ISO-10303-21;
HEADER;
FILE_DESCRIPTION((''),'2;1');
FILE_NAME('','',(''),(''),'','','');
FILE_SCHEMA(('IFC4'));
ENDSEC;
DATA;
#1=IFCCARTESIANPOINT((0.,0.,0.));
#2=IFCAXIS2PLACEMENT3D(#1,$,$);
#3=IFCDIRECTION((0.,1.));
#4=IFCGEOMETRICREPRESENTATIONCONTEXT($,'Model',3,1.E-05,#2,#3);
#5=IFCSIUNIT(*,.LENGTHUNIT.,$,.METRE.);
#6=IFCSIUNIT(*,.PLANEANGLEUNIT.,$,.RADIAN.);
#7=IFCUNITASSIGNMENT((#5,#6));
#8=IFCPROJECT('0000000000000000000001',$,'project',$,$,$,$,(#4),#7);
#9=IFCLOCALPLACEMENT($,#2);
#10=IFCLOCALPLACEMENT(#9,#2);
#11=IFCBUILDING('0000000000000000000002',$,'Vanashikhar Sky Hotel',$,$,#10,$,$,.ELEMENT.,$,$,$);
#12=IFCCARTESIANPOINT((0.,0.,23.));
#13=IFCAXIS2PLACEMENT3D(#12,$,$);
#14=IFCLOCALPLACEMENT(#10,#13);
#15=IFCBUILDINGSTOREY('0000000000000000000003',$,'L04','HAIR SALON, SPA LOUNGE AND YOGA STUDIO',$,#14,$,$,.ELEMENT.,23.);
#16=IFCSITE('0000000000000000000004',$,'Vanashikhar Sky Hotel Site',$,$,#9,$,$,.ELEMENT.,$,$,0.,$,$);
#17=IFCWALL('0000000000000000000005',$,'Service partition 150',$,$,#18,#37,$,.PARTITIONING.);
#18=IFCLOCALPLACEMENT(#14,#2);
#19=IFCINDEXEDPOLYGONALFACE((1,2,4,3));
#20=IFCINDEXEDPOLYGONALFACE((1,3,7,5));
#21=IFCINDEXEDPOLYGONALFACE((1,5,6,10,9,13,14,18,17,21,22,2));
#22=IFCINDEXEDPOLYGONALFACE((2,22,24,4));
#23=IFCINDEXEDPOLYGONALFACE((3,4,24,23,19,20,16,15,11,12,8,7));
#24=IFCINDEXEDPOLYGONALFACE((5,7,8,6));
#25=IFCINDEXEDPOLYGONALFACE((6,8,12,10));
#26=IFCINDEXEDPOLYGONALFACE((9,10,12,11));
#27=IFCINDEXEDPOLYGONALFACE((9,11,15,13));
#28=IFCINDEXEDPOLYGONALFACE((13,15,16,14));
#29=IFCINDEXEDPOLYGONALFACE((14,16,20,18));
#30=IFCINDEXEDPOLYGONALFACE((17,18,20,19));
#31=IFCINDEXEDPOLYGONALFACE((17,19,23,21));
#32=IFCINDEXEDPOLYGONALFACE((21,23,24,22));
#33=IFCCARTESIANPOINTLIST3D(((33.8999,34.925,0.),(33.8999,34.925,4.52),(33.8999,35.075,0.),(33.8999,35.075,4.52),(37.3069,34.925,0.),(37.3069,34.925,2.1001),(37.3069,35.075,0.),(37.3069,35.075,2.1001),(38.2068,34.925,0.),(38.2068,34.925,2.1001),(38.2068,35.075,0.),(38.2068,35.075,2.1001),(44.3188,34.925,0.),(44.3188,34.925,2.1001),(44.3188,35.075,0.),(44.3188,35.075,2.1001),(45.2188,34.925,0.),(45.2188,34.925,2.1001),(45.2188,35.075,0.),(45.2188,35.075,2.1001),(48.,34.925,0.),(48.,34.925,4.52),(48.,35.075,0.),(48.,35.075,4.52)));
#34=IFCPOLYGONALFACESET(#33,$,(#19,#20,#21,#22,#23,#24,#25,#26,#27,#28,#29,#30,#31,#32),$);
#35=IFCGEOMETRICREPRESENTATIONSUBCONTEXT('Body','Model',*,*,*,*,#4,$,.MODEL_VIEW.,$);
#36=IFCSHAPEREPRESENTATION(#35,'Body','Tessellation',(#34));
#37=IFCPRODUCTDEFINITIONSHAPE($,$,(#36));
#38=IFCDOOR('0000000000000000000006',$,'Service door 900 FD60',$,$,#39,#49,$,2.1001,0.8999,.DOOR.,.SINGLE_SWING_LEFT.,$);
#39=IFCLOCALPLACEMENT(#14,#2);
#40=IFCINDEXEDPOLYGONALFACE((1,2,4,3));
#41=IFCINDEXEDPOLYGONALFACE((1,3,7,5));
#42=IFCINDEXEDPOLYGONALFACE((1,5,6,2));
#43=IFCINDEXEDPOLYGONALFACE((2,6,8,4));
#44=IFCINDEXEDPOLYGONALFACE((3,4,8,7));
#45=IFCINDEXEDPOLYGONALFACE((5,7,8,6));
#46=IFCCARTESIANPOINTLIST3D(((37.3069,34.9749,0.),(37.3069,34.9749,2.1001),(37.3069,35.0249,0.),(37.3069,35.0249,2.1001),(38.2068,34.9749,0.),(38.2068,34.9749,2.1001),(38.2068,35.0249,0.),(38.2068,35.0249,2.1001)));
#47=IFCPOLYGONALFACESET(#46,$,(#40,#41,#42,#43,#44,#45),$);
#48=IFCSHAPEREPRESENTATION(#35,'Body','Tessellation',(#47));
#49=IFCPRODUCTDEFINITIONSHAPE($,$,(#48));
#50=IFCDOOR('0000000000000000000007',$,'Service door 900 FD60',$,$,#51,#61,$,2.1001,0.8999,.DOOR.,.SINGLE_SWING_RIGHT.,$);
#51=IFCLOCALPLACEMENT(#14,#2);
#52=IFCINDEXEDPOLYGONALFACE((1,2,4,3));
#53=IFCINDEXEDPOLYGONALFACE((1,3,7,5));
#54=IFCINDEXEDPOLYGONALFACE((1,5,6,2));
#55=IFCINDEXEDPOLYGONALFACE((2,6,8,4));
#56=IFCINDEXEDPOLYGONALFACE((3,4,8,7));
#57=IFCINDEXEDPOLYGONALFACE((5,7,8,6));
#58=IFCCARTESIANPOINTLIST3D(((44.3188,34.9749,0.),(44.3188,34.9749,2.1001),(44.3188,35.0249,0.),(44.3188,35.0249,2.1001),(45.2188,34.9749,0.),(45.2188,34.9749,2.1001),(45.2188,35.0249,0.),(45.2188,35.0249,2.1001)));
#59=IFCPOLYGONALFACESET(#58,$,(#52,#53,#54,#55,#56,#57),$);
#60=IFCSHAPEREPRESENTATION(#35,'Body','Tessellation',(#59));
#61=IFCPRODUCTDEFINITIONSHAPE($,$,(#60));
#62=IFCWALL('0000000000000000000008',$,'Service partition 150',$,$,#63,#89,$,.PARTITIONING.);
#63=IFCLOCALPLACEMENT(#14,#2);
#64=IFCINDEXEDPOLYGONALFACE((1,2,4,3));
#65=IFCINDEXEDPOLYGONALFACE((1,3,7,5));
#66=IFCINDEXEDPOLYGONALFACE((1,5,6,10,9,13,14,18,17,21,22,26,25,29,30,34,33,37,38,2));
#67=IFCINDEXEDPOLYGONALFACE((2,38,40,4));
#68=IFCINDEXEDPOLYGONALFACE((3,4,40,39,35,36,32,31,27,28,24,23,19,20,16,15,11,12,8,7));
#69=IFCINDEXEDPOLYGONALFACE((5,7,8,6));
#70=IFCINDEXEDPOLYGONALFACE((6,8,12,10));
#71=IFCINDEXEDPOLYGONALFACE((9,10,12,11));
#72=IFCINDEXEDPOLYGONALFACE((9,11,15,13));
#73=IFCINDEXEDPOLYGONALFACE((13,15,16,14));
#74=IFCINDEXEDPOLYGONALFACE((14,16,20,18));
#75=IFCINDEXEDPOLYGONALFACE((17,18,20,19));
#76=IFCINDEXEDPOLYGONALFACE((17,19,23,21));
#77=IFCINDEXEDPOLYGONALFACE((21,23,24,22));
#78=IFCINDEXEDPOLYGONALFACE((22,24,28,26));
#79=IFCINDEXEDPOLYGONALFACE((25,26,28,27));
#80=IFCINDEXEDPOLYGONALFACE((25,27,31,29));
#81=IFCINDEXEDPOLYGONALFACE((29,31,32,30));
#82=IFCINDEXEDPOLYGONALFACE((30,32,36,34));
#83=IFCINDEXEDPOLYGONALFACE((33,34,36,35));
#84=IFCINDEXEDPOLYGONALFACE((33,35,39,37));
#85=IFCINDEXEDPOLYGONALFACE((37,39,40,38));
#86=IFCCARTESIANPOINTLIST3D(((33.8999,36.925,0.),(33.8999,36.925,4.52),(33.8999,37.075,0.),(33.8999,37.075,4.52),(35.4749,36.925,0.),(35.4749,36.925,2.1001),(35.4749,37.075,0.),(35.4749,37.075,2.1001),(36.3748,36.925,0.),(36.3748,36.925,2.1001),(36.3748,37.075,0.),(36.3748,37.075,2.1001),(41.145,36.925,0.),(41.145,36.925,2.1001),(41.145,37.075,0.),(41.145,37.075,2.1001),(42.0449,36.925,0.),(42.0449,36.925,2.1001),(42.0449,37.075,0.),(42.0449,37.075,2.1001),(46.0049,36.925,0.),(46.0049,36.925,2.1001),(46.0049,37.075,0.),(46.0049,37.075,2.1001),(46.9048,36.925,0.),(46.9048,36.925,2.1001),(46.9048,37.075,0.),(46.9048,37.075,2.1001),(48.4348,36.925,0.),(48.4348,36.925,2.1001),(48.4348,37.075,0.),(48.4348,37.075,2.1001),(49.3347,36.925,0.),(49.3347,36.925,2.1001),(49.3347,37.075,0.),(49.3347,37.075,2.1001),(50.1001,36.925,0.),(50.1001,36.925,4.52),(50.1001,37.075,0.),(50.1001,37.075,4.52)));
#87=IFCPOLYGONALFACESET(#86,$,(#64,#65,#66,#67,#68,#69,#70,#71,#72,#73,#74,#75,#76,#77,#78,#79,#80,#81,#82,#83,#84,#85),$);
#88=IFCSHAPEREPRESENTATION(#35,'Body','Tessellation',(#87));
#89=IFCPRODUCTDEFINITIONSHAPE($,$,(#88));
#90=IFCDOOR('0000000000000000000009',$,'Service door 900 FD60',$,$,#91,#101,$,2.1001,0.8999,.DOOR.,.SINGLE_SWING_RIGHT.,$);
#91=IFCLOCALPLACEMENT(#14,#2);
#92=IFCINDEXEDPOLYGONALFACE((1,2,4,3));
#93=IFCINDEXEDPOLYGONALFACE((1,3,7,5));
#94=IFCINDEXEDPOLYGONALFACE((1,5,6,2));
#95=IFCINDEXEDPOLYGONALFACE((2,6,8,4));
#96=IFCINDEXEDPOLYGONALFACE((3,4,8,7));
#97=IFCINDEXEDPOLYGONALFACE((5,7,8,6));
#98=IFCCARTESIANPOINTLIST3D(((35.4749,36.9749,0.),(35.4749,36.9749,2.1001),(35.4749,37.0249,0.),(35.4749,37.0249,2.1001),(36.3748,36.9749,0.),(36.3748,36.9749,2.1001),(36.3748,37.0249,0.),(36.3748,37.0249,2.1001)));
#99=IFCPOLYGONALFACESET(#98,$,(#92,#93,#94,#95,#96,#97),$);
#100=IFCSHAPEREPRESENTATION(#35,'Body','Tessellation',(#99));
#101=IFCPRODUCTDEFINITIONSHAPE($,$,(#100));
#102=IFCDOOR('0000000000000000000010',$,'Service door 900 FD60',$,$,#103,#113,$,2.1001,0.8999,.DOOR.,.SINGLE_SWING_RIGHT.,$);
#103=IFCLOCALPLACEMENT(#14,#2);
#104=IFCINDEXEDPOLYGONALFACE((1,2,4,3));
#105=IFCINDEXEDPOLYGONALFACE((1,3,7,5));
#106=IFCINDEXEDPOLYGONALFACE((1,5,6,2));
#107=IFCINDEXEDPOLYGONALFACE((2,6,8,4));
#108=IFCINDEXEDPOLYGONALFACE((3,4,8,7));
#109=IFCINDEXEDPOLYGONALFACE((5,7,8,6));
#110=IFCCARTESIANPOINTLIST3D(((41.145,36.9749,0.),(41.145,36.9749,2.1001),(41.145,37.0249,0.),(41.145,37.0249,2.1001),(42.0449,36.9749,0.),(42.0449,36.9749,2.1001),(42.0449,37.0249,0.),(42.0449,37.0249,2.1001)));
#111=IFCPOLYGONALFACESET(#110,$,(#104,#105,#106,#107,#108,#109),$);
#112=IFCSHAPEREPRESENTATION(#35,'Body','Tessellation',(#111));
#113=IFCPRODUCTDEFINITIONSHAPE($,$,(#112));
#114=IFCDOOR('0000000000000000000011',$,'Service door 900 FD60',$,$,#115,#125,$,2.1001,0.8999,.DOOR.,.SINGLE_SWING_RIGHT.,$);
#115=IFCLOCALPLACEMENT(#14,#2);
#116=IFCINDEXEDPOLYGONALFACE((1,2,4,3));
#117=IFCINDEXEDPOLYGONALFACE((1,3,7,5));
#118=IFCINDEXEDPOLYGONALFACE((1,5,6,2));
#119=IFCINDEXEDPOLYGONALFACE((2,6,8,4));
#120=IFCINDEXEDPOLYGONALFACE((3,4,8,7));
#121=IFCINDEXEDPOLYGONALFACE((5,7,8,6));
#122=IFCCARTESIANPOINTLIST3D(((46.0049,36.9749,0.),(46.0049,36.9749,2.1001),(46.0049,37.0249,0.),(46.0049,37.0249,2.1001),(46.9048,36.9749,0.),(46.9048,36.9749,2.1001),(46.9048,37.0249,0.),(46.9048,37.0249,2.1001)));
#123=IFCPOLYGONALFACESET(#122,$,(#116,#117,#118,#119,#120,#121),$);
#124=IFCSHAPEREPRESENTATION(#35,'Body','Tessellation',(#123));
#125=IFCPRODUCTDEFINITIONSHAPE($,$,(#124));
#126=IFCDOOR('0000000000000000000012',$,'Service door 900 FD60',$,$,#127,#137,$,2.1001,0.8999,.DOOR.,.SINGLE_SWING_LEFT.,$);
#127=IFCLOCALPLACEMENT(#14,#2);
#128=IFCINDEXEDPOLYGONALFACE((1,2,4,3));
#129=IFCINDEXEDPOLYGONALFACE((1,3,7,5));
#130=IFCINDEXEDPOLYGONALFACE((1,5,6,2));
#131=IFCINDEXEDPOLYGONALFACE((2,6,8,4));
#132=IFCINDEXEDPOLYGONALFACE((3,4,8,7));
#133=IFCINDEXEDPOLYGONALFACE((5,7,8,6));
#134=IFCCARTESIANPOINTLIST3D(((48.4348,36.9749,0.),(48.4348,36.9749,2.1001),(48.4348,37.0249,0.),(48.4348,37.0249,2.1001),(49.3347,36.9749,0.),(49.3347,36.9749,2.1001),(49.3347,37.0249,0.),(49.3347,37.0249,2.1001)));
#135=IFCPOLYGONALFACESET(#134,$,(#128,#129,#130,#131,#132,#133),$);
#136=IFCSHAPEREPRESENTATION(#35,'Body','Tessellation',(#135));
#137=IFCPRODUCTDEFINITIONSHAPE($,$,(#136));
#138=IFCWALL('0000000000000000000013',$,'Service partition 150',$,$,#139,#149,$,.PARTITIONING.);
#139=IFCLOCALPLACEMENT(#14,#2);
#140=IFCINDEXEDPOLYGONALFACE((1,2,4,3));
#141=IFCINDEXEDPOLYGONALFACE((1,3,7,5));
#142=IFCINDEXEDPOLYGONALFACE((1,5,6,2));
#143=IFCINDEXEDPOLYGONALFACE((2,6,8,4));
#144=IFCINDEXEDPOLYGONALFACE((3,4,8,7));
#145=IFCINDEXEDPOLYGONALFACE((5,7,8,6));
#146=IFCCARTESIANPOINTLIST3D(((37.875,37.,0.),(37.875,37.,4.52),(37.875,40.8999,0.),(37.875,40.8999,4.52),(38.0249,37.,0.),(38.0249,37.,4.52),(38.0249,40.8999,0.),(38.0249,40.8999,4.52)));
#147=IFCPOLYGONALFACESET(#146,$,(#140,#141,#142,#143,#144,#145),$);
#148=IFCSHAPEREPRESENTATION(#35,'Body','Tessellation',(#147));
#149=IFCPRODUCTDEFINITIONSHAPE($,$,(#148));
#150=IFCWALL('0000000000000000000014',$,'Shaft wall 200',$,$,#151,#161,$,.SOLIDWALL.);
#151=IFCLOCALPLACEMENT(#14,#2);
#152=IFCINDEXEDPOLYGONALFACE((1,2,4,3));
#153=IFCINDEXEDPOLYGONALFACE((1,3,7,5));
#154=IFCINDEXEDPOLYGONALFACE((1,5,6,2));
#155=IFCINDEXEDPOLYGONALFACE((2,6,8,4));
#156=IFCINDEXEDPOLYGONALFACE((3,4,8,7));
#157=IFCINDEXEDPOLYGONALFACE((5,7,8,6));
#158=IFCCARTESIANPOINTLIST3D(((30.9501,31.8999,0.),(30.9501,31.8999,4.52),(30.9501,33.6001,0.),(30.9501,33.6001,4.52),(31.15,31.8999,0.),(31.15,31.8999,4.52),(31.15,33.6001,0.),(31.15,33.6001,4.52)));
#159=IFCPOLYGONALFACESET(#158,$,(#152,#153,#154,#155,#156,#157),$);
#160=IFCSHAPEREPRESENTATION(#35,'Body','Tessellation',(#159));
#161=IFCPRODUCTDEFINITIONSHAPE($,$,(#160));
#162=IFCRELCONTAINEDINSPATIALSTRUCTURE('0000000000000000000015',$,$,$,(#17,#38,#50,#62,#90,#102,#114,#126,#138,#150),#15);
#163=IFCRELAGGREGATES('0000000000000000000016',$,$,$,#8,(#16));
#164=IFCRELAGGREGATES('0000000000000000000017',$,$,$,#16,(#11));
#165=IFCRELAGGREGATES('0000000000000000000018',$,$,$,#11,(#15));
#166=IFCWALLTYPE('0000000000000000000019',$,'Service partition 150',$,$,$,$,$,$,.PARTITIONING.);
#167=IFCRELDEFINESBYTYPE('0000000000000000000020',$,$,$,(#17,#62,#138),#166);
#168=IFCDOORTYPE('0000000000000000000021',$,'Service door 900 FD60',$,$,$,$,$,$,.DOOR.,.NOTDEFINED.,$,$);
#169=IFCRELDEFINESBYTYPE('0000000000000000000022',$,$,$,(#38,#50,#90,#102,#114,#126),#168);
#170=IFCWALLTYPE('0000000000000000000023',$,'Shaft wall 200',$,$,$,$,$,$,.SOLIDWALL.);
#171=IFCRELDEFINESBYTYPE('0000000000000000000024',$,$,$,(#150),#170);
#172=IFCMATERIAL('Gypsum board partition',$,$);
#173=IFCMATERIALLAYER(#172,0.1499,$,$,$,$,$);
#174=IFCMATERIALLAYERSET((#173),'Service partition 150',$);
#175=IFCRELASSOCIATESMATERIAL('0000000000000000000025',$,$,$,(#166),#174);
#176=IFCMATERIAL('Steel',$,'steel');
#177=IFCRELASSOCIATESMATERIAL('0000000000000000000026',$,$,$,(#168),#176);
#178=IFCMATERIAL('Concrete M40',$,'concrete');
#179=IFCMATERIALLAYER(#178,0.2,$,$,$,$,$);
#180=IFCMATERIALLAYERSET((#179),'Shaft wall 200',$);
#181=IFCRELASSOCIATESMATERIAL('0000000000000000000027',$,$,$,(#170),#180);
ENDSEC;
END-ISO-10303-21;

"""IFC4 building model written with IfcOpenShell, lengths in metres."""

from ifc_helpers import new_model, si_unit, direction, frame, frame_2d, origin, place, context, subcontext, project, spatial, rectangle, extrude, source, transform, mapped, material, layer, layer_set, type_object, element, fill, save


model = new_model("IFC4")

# Units and contexts
model_context = context("Model", 3, precision=1e-05, world=origin(), true_north=direction((0.0, 1.0)))
body_context = subcontext(model_context, "Body", "Model", "MODEL_VIEW")
ifc_project = project(units=[si_unit("LENGTHUNIT", "METRE"), si_unit("PLANEANGLEUNIT", "RADIAN")], contexts=[model_context])

# Site, building, storey
site_placement = place(None, origin())
site = spatial("IfcSite", under=ifc_project, at=site_placement, Name="Vanashikhar Sky Hotel Site", CompositionType="ELEMENT", RefElevation=0.0)
building_placement = place(site_placement, origin())
building = spatial("IfcBuilding", under=site, at=building_placement, Name="Vanashikhar Sky Hotel", CompositionType="ELEMENT")
storey_placement = place(building_placement, frame((0.0, 0.0, 23.0)))
storey = spatial("IfcBuildingStorey", under=building, at=storey_placement, Name="L04", Description="HAIR SALON, SPA LOUNGE AND YOGA STUDIO", CompositionType="ELEMENT", Elevation=23.0)

# Shared definitions
ifc_material_1 = material(Name="Steel", Category="steel")

# Shared definitions
ifc_material_2 = material(Name="Gypsum board partition")
ifc_layer_1 = layer(ifc_material_2, 0.1499)
ifc_layer_set_1 = layer_set([ifc_layer_1], Name="Service partition 150")
wall_type_1 = type_object("IfcWallType", Name="Service partition 150", PredefinedType="PARTITIONING", material=ifc_layer_set_1)

# Walls, openings, doors
shared_shape_1 = source(origin(), body_context, "Body", "SweptSolid", [
    extrude(rectangle(XDim=14.1001, YDim=0.1499, at=frame_2d((7.05, 0.0))), origin(), (0.0, 0.0, 1.0), 4.52),
])
wall_1_placement = place(storey_placement, frame((33.8999, 35.0, 0.0), z_axis=(0.0, 0.0, 1.0), x_axis=(1.0, 0.0, 0.0)))
wall_1 = element("IfcWall", 1, at=wall_1_placement, inside=storey, type_object=wall_type_1, Name="Service partition 150", PredefinedType="PARTITIONING", context=body_context, shape_type="MappedRepresentation", body=[
    mapped(shared_shape_1, transform((0.0, 0.0, 0.0), scale=1.0)),
])
shared_shape_2 = source(origin(), body_context, "Body", "SweptSolid", [
    extrude(rectangle(XDim=0.8999, YDim=2.1001, at=frame_2d((0.45, 1.05))), frame((0.0, 0.085, 0.0), z_axis=(0.0, -1.0, 0.0), x_axis=(1.0, 0.0, 0.0)), (0.0, 0.0, 1.0), 0.1699),
])
opening_1_placement = place(wall_1_placement, frame((3.407, 0.0, 0.0)))
opening_1 = element("IfcOpeningElement", 2, at=opening_1_placement, cuts=wall_1, PredefinedType="OPENING", context=body_context, shape_type="MappedRepresentation", body=[
    mapped(shared_shape_2, transform((0.0, 0.0, 0.0), scale=1.0)),
])
opening_2_placement = place(wall_1_placement, frame((10.4189, 0.0, 0.0)))
opening_2 = element("IfcOpeningElement", 3, at=opening_2_placement, cuts=wall_1, PredefinedType="OPENING", context=body_context, shape_type="MappedRepresentation", body=[
    mapped(shared_shape_2, transform((0.0, 0.0, 0.0), scale=1.0)),
])
door_type_1 = type_object("IfcDoorType", Name="Service door 900 FD60", OperationType="NOTDEFINED", PredefinedType="DOOR", material=ifc_material_1)
shared_shape_3 = source(origin(), body_context, "Body", "SweptSolid", [
    extrude(rectangle(XDim=0.8999, YDim=2.1001, at=frame_2d((0.45, 1.05))), frame((0.0, 0.0249, 0.0), z_axis=(0.0, -1.0, 0.0), x_axis=(1.0, 0.0, 0.0)), (0.0, 0.0, 1.0), 0.05),
])
door_1_placement = place(opening_1_placement, origin())
door_1 = element("IfcDoor", 4, at=door_1_placement, inside=storey, type_object=door_type_1, Name="Service door 900 FD60", OperationType="SINGLE_SWING_LEFT", OverallHeight=2.1001, OverallWidth=0.8999, PredefinedType="DOOR", context=body_context, shape_type="MappedRepresentation", body=[
    mapped(shared_shape_3, transform((0.0, 0.0, 0.0), scale=1.0)),
])
fill(opening_1, door_1)
door_2_placement = place(opening_2_placement, origin())
door_2 = element("IfcDoor", 5, at=door_2_placement, inside=storey, type_object=door_type_1, Name="Service door 900 FD60", OperationType="SINGLE_SWING_RIGHT", OverallHeight=2.1001, OverallWidth=0.8999, PredefinedType="DOOR", context=body_context, shape_type="MappedRepresentation", body=[
    mapped(shared_shape_3, transform((0.0, 0.0, 0.0), scale=1.0)),
])
fill(opening_2, door_2)
shared_shape_4 = source(origin(), body_context, "Body", "SweptSolid", [
    extrude(rectangle(XDim=16.2002, YDim=0.1499, at=frame_2d((8.1001, 0.0))), origin(), (0.0, 0.0, 1.0), 4.52),
])
wall_2_placement = place(storey_placement, frame((33.8999, 37.0, 0.0), z_axis=(0.0, 0.0, 1.0), x_axis=(1.0, 0.0, 0.0)))
wall_2 = element("IfcWall", 6, at=wall_2_placement, inside=storey, type_object=wall_type_1, Name="Service partition 150", PredefinedType="PARTITIONING", context=body_context, shape_type="MappedRepresentation", body=[
    mapped(shared_shape_4, transform((0.0, 0.0, 0.0), scale=1.0)),
])
opening_3_placement = place(wall_2_placement, frame((1.575, 0.0, 0.0)))
opening_3 = element("IfcOpeningElement", 7, at=opening_3_placement, cuts=wall_2, PredefinedType="OPENING", context=body_context, shape_type="MappedRepresentation", body=[
    mapped(shared_shape_2, transform((0.0, 0.0, 0.0), scale=1.0)),
])
opening_4_placement = place(wall_2_placement, frame((7.2451, 0.0, 0.0)))
opening_4 = element("IfcOpeningElement", 8, at=opening_4_placement, cuts=wall_2, PredefinedType="OPENING", context=body_context, shape_type="MappedRepresentation", body=[
    mapped(shared_shape_2, transform((0.0, 0.0, 0.0), scale=1.0)),
])
opening_5_placement = place(wall_2_placement, frame((12.105, 0.0, 0.0)))
opening_5 = element("IfcOpeningElement", 9, at=opening_5_placement, cuts=wall_2, PredefinedType="OPENING", context=body_context, shape_type="MappedRepresentation", body=[
    mapped(shared_shape_2, transform((0.0, 0.0, 0.0), scale=1.0)),
])
opening_6_placement = place(wall_2_placement, frame((14.5349, 0.0, 0.0)))
opening_6 = element("IfcOpeningElement", 10, at=opening_6_placement, cuts=wall_2, PredefinedType="OPENING", context=body_context, shape_type="MappedRepresentation", body=[
    mapped(shared_shape_2, transform((0.0, 0.0, 0.0), scale=1.0)),
])
door_3_placement = place(opening_3_placement, origin())
door_3 = element("IfcDoor", 11, at=door_3_placement, inside=storey, type_object=door_type_1, Name="Service door 900 FD60", OperationType="SINGLE_SWING_RIGHT", OverallHeight=2.1001, OverallWidth=0.8999, PredefinedType="DOOR", context=body_context, shape_type="MappedRepresentation", body=[
    mapped(shared_shape_3, transform((0.0, 0.0, 0.0), scale=1.0)),
])
fill(opening_3, door_3)
door_4_placement = place(opening_4_placement, origin())
door_4 = element("IfcDoor", 12, at=door_4_placement, inside=storey, type_object=door_type_1, Name="Service door 900 FD60", OperationType="SINGLE_SWING_RIGHT", OverallHeight=2.1001, OverallWidth=0.8999, PredefinedType="DOOR", context=body_context, shape_type="MappedRepresentation", body=[
    mapped(shared_shape_3, transform((0.0, 0.0, 0.0), scale=1.0)),
])
fill(opening_4, door_4)
door_5_placement = place(opening_5_placement, origin())
door_5 = element("IfcDoor", 13, at=door_5_placement, inside=storey, type_object=door_type_1, Name="Service door 900 FD60", OperationType="SINGLE_SWING_RIGHT", OverallHeight=2.1001, OverallWidth=0.8999, PredefinedType="DOOR", context=body_context, shape_type="MappedRepresentation", body=[
    mapped(shared_shape_3, transform((0.0, 0.0, 0.0), scale=1.0)),
])
fill(opening_5, door_5)
door_6_placement = place(opening_6_placement, origin())
door_6 = element("IfcDoor", 14, at=door_6_placement, inside=storey, type_object=door_type_1, Name="Service door 900 FD60", OperationType="SINGLE_SWING_LEFT", OverallHeight=2.1001, OverallWidth=0.8999, PredefinedType="DOOR", context=body_context, shape_type="MappedRepresentation", body=[
    mapped(shared_shape_3, transform((0.0, 0.0, 0.0), scale=1.0)),
])
fill(opening_6, door_6)

# Walls
shared_shape_5 = source(origin(), body_context, "Body", "SweptSolid", [
    extrude(rectangle(XDim=3.8999, YDim=0.1499, at=frame_2d((1.95, 0.0))), origin(), (0.0, 0.0, 1.0), 4.52),
])
wall_3_placement = place(storey_placement, frame((37.95, 37.0, 0.0), z_axis=(0.0, 0.0, 1.0), x_axis=(0.0, 1.0, 0.0)))
element("IfcWall", 15, at=wall_3_placement, inside=storey, type_object=wall_type_1, Name="Service partition 150", PredefinedType="PARTITIONING", context=body_context, shape_type="MappedRepresentation", body=[
    mapped(shared_shape_5, transform((0.0, 0.0, 0.0), scale=1.0)),
])
ifc_material_3 = material(Name="Concrete M40", Category="concrete")
ifc_layer_2 = layer(ifc_material_3, 0.2)
ifc_layer_set_2 = layer_set([ifc_layer_2], Name="Shaft wall 200")
wall_type_2 = type_object("IfcWallType", Name="Shaft wall 200", PredefinedType="SOLIDWALL", material=ifc_layer_set_2)
shared_shape_6 = source(origin(), body_context, "Body", "SweptSolid", [
    extrude(rectangle(XDim=1.7002, YDim=0.2, at=frame_2d((0.8501, 0.0))), origin(), (0.0, 0.0, 1.0), 4.52),
])
wall_4_placement = place(storey_placement, frame((31.05, 31.8999, 0.0), z_axis=(0.0, 0.0, 1.0), x_axis=(0.0, 1.0, 0.0)))
element("IfcWall", 16, at=wall_4_placement, inside=storey, type_object=wall_type_2, Name="Shaft wall 200", PredefinedType="SOLIDWALL", context=body_context, shape_type="MappedRepresentation", body=[
    mapped(shared_shape_6, transform((0.0, 0.0, 0.0), scale=1.0)),
])

save(model, "model.ifc")
